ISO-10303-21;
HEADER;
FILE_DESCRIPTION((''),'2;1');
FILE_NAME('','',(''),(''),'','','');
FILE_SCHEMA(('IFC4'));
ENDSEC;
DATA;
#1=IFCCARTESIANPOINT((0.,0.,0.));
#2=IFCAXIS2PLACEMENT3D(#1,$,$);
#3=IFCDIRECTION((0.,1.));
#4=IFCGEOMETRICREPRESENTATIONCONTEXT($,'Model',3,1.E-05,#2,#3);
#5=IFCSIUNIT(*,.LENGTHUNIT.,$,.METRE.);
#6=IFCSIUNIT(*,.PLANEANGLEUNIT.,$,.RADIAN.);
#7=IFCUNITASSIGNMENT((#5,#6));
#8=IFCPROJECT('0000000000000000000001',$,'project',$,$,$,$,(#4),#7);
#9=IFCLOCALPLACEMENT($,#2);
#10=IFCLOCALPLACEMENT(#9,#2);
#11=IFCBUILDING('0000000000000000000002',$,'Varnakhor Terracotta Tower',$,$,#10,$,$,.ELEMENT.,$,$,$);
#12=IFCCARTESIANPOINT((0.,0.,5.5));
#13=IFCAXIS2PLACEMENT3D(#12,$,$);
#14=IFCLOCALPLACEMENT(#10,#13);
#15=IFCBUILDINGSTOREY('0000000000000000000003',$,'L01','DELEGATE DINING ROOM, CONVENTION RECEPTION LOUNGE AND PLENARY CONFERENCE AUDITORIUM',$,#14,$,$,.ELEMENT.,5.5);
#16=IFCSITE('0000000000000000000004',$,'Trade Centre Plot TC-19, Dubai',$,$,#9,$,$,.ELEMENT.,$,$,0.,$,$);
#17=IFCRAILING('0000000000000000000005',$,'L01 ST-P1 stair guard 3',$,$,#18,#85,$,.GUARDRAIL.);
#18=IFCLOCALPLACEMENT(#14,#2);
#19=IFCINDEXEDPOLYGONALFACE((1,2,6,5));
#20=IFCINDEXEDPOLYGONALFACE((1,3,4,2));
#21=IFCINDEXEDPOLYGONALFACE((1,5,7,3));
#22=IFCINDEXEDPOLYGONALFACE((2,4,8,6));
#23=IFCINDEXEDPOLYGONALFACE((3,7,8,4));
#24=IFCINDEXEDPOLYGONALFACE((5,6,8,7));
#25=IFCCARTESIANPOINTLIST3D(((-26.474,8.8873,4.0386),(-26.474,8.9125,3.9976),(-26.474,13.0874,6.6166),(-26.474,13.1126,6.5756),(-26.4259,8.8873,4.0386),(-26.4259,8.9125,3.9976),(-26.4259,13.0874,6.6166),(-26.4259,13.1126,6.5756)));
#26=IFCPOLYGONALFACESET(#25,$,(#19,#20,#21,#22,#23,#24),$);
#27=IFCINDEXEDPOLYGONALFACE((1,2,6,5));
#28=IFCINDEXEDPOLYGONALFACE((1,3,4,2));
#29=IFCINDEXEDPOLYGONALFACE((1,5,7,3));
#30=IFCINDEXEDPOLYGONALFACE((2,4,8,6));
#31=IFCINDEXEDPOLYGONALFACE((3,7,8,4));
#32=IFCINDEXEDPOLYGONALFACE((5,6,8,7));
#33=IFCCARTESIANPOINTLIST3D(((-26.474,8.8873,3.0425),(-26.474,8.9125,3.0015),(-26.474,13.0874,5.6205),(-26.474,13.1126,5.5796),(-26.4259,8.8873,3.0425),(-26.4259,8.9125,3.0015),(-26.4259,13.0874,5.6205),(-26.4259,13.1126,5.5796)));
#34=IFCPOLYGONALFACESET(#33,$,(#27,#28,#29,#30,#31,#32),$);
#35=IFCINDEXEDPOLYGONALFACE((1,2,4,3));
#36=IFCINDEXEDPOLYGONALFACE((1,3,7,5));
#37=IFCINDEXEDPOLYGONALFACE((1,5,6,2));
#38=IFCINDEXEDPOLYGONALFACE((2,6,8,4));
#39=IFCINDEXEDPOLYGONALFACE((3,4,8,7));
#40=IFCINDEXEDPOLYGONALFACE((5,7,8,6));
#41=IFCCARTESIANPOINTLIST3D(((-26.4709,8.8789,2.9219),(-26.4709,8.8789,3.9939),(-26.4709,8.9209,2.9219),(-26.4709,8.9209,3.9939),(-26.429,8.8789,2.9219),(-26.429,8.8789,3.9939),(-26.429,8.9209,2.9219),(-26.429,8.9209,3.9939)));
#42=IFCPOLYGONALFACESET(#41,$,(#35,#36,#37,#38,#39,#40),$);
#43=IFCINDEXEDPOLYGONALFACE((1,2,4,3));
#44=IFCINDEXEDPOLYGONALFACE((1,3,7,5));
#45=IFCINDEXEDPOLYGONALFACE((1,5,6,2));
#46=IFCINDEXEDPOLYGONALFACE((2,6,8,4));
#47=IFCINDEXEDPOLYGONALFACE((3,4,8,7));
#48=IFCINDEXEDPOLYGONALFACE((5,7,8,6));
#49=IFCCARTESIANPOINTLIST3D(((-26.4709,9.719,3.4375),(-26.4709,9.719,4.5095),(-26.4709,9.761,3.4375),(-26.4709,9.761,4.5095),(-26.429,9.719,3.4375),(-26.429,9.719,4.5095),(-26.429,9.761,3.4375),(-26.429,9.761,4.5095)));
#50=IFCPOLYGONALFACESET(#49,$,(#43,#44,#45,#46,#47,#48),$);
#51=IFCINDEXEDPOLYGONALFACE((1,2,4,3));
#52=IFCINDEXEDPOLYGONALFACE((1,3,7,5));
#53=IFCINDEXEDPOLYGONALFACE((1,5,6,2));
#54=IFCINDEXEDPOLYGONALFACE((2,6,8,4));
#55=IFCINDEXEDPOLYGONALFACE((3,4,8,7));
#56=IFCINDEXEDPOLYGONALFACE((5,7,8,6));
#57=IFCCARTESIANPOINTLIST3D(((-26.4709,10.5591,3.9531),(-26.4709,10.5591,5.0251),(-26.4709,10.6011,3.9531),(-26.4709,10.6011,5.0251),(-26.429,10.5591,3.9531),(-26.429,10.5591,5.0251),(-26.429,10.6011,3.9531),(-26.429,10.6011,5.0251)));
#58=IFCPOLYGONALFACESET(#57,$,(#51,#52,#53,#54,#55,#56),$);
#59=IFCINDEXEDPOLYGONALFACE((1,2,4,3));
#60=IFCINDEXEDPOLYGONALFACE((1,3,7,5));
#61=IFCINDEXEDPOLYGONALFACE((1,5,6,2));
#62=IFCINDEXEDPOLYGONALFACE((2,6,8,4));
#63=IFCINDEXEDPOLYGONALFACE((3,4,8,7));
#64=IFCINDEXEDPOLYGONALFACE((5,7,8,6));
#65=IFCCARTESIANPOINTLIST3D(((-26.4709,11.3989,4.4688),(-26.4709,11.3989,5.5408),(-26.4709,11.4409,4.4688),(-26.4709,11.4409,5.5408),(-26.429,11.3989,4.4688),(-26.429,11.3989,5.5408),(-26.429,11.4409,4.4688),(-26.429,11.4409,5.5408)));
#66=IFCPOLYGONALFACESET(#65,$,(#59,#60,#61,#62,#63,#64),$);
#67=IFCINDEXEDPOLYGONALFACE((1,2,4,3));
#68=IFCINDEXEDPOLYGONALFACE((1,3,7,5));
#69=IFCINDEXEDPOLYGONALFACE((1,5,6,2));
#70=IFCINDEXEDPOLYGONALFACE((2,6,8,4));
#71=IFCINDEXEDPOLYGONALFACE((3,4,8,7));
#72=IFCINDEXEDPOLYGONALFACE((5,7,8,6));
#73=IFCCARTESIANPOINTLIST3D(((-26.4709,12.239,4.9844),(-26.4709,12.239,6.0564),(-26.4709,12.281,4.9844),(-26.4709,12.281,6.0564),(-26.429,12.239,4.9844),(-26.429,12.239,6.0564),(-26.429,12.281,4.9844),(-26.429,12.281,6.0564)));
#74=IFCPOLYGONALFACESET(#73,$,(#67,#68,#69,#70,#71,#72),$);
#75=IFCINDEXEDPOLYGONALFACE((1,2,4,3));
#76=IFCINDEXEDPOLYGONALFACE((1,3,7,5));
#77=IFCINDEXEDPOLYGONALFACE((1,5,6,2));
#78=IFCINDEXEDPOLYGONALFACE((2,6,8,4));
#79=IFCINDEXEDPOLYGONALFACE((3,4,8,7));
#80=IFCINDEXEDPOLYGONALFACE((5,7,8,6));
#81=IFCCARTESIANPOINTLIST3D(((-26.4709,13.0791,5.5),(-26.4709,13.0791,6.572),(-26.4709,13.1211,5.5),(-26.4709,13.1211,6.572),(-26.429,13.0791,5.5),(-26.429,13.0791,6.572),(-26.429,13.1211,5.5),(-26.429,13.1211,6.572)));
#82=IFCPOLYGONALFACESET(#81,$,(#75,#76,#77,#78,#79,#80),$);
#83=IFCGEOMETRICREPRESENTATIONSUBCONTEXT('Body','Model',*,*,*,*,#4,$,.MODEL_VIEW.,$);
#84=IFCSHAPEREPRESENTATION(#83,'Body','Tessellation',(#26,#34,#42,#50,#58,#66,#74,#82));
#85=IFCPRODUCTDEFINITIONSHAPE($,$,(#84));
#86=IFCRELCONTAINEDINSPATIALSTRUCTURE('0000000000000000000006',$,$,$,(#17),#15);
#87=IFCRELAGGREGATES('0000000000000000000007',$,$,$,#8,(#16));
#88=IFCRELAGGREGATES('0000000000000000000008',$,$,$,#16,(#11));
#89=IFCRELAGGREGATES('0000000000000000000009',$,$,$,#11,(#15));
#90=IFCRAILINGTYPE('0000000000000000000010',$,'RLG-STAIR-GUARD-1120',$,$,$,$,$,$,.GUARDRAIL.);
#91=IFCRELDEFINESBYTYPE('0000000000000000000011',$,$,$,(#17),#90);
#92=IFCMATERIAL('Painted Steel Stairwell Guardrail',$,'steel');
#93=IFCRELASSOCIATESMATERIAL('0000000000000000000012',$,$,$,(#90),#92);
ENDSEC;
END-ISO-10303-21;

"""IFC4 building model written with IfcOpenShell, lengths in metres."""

from ifc_helpers import new_model, si_unit, direction, frame, origin, origin_2d, place, context, subcontext, project, spatial, rectangle, extrude, material, type_object, element, save


model = new_model("IFC4")

# Units and contexts
model_context = context("Model", 3, precision=1e-05, world=origin(), true_north=direction((0.0, 1.0)))
body_context = subcontext(model_context, "Body", "Model", "MODEL_VIEW")
ifc_project = project(units=[si_unit("LENGTHUNIT", "METRE"), si_unit("PLANEANGLEUNIT", "RADIAN")], contexts=[model_context])

# Site, building, storey
site_placement = place(None, origin())
site = spatial("IfcSite", under=ifc_project, at=site_placement, Name="Trade Centre Plot TC-19, Dubai", CompositionType="ELEMENT", RefElevation=0.0)
building_placement = place(site_placement, origin())
building = spatial("IfcBuilding", under=site, at=building_placement, Name="Varnakhor Terracotta Tower", CompositionType="ELEMENT")
storey_placement = place(building_placement, frame((0.0, 0.0, 5.5)))
storey = spatial("IfcBuildingStorey", under=building, at=storey_placement, Name="L01", Description="DELEGATE DINING ROOM, CONVENTION RECEPTION LOUNGE AND PLENARY CONFERENCE AUDITORIUM", CompositionType="ELEMENT", Elevation=5.5)

# Railing
ifc_material_1 = material(Name="Painted Steel Stairwell Guardrail", Category="steel")
railing_type = type_object("IfcRailingType", Name="RLG-STAIR-GUARD-1120", PredefinedType="GUARDRAIL", material=ifc_material_1)
railing_1_placement = place(storey_placement, frame((-26.45, 8.8999, 2.9219)))
element("IfcRailing", 1, at=railing_1_placement, inside=storey, type_object=railing_type, Name="L01 ST-P1 stair guard 3", PredefinedType="GUARDRAIL", context=body_context, shape_type="SweptSolid", body=[
    extrude(rectangle(XDim=0.0481, YDim=0.0481, at=origin_2d()), frame((0.0, 0.0, 1.0962), z_axis=(0.0, 0.852256, 0.523124), x_axis=(-1.0, 0.0, 0.0)), (0.0, 0.0, 1.0), 4.9282),
    extrude(rectangle(XDim=0.0481, YDim=0.0481, at=origin_2d()), frame((0.0, 0.0, 0.1001), z_axis=(0.0, 0.852256, 0.523124), x_axis=(-1.0, 0.0, 0.0)), (0.0, 0.0, 1.0), 4.9282),
    extrude(rectangle(XDim=0.042, YDim=0.042, at=origin_2d()), origin(), (0.0, 0.0, 1.0), 1.072),
    extrude(rectangle(XDim=0.042, YDim=0.042, at=origin_2d()), frame((0.0, 0.8401, 0.5156)), (0.0, 0.0, 1.0), 1.072),
    extrude(rectangle(XDim=0.042, YDim=0.042, at=origin_2d()), frame((0.0, 1.6802, 1.0312)), (0.0, 0.0, 1.0), 1.072),
    extrude(rectangle(XDim=0.042, YDim=0.042, at=origin_2d()), frame((0.0, 2.52, 1.5469)), (0.0, 0.0, 1.0), 1.072),
    extrude(rectangle(XDim=0.042, YDim=0.042, at=origin_2d()), frame((0.0, 3.3601, 2.0625)), (0.0, 0.0, 1.0), 1.072),
    extrude(rectangle(XDim=0.042, YDim=0.042, at=origin_2d()), frame((0.0, 4.2002, 2.5781)), (0.0, 0.0, 1.0), 1.072),
])

save(model, "model.ifc")
